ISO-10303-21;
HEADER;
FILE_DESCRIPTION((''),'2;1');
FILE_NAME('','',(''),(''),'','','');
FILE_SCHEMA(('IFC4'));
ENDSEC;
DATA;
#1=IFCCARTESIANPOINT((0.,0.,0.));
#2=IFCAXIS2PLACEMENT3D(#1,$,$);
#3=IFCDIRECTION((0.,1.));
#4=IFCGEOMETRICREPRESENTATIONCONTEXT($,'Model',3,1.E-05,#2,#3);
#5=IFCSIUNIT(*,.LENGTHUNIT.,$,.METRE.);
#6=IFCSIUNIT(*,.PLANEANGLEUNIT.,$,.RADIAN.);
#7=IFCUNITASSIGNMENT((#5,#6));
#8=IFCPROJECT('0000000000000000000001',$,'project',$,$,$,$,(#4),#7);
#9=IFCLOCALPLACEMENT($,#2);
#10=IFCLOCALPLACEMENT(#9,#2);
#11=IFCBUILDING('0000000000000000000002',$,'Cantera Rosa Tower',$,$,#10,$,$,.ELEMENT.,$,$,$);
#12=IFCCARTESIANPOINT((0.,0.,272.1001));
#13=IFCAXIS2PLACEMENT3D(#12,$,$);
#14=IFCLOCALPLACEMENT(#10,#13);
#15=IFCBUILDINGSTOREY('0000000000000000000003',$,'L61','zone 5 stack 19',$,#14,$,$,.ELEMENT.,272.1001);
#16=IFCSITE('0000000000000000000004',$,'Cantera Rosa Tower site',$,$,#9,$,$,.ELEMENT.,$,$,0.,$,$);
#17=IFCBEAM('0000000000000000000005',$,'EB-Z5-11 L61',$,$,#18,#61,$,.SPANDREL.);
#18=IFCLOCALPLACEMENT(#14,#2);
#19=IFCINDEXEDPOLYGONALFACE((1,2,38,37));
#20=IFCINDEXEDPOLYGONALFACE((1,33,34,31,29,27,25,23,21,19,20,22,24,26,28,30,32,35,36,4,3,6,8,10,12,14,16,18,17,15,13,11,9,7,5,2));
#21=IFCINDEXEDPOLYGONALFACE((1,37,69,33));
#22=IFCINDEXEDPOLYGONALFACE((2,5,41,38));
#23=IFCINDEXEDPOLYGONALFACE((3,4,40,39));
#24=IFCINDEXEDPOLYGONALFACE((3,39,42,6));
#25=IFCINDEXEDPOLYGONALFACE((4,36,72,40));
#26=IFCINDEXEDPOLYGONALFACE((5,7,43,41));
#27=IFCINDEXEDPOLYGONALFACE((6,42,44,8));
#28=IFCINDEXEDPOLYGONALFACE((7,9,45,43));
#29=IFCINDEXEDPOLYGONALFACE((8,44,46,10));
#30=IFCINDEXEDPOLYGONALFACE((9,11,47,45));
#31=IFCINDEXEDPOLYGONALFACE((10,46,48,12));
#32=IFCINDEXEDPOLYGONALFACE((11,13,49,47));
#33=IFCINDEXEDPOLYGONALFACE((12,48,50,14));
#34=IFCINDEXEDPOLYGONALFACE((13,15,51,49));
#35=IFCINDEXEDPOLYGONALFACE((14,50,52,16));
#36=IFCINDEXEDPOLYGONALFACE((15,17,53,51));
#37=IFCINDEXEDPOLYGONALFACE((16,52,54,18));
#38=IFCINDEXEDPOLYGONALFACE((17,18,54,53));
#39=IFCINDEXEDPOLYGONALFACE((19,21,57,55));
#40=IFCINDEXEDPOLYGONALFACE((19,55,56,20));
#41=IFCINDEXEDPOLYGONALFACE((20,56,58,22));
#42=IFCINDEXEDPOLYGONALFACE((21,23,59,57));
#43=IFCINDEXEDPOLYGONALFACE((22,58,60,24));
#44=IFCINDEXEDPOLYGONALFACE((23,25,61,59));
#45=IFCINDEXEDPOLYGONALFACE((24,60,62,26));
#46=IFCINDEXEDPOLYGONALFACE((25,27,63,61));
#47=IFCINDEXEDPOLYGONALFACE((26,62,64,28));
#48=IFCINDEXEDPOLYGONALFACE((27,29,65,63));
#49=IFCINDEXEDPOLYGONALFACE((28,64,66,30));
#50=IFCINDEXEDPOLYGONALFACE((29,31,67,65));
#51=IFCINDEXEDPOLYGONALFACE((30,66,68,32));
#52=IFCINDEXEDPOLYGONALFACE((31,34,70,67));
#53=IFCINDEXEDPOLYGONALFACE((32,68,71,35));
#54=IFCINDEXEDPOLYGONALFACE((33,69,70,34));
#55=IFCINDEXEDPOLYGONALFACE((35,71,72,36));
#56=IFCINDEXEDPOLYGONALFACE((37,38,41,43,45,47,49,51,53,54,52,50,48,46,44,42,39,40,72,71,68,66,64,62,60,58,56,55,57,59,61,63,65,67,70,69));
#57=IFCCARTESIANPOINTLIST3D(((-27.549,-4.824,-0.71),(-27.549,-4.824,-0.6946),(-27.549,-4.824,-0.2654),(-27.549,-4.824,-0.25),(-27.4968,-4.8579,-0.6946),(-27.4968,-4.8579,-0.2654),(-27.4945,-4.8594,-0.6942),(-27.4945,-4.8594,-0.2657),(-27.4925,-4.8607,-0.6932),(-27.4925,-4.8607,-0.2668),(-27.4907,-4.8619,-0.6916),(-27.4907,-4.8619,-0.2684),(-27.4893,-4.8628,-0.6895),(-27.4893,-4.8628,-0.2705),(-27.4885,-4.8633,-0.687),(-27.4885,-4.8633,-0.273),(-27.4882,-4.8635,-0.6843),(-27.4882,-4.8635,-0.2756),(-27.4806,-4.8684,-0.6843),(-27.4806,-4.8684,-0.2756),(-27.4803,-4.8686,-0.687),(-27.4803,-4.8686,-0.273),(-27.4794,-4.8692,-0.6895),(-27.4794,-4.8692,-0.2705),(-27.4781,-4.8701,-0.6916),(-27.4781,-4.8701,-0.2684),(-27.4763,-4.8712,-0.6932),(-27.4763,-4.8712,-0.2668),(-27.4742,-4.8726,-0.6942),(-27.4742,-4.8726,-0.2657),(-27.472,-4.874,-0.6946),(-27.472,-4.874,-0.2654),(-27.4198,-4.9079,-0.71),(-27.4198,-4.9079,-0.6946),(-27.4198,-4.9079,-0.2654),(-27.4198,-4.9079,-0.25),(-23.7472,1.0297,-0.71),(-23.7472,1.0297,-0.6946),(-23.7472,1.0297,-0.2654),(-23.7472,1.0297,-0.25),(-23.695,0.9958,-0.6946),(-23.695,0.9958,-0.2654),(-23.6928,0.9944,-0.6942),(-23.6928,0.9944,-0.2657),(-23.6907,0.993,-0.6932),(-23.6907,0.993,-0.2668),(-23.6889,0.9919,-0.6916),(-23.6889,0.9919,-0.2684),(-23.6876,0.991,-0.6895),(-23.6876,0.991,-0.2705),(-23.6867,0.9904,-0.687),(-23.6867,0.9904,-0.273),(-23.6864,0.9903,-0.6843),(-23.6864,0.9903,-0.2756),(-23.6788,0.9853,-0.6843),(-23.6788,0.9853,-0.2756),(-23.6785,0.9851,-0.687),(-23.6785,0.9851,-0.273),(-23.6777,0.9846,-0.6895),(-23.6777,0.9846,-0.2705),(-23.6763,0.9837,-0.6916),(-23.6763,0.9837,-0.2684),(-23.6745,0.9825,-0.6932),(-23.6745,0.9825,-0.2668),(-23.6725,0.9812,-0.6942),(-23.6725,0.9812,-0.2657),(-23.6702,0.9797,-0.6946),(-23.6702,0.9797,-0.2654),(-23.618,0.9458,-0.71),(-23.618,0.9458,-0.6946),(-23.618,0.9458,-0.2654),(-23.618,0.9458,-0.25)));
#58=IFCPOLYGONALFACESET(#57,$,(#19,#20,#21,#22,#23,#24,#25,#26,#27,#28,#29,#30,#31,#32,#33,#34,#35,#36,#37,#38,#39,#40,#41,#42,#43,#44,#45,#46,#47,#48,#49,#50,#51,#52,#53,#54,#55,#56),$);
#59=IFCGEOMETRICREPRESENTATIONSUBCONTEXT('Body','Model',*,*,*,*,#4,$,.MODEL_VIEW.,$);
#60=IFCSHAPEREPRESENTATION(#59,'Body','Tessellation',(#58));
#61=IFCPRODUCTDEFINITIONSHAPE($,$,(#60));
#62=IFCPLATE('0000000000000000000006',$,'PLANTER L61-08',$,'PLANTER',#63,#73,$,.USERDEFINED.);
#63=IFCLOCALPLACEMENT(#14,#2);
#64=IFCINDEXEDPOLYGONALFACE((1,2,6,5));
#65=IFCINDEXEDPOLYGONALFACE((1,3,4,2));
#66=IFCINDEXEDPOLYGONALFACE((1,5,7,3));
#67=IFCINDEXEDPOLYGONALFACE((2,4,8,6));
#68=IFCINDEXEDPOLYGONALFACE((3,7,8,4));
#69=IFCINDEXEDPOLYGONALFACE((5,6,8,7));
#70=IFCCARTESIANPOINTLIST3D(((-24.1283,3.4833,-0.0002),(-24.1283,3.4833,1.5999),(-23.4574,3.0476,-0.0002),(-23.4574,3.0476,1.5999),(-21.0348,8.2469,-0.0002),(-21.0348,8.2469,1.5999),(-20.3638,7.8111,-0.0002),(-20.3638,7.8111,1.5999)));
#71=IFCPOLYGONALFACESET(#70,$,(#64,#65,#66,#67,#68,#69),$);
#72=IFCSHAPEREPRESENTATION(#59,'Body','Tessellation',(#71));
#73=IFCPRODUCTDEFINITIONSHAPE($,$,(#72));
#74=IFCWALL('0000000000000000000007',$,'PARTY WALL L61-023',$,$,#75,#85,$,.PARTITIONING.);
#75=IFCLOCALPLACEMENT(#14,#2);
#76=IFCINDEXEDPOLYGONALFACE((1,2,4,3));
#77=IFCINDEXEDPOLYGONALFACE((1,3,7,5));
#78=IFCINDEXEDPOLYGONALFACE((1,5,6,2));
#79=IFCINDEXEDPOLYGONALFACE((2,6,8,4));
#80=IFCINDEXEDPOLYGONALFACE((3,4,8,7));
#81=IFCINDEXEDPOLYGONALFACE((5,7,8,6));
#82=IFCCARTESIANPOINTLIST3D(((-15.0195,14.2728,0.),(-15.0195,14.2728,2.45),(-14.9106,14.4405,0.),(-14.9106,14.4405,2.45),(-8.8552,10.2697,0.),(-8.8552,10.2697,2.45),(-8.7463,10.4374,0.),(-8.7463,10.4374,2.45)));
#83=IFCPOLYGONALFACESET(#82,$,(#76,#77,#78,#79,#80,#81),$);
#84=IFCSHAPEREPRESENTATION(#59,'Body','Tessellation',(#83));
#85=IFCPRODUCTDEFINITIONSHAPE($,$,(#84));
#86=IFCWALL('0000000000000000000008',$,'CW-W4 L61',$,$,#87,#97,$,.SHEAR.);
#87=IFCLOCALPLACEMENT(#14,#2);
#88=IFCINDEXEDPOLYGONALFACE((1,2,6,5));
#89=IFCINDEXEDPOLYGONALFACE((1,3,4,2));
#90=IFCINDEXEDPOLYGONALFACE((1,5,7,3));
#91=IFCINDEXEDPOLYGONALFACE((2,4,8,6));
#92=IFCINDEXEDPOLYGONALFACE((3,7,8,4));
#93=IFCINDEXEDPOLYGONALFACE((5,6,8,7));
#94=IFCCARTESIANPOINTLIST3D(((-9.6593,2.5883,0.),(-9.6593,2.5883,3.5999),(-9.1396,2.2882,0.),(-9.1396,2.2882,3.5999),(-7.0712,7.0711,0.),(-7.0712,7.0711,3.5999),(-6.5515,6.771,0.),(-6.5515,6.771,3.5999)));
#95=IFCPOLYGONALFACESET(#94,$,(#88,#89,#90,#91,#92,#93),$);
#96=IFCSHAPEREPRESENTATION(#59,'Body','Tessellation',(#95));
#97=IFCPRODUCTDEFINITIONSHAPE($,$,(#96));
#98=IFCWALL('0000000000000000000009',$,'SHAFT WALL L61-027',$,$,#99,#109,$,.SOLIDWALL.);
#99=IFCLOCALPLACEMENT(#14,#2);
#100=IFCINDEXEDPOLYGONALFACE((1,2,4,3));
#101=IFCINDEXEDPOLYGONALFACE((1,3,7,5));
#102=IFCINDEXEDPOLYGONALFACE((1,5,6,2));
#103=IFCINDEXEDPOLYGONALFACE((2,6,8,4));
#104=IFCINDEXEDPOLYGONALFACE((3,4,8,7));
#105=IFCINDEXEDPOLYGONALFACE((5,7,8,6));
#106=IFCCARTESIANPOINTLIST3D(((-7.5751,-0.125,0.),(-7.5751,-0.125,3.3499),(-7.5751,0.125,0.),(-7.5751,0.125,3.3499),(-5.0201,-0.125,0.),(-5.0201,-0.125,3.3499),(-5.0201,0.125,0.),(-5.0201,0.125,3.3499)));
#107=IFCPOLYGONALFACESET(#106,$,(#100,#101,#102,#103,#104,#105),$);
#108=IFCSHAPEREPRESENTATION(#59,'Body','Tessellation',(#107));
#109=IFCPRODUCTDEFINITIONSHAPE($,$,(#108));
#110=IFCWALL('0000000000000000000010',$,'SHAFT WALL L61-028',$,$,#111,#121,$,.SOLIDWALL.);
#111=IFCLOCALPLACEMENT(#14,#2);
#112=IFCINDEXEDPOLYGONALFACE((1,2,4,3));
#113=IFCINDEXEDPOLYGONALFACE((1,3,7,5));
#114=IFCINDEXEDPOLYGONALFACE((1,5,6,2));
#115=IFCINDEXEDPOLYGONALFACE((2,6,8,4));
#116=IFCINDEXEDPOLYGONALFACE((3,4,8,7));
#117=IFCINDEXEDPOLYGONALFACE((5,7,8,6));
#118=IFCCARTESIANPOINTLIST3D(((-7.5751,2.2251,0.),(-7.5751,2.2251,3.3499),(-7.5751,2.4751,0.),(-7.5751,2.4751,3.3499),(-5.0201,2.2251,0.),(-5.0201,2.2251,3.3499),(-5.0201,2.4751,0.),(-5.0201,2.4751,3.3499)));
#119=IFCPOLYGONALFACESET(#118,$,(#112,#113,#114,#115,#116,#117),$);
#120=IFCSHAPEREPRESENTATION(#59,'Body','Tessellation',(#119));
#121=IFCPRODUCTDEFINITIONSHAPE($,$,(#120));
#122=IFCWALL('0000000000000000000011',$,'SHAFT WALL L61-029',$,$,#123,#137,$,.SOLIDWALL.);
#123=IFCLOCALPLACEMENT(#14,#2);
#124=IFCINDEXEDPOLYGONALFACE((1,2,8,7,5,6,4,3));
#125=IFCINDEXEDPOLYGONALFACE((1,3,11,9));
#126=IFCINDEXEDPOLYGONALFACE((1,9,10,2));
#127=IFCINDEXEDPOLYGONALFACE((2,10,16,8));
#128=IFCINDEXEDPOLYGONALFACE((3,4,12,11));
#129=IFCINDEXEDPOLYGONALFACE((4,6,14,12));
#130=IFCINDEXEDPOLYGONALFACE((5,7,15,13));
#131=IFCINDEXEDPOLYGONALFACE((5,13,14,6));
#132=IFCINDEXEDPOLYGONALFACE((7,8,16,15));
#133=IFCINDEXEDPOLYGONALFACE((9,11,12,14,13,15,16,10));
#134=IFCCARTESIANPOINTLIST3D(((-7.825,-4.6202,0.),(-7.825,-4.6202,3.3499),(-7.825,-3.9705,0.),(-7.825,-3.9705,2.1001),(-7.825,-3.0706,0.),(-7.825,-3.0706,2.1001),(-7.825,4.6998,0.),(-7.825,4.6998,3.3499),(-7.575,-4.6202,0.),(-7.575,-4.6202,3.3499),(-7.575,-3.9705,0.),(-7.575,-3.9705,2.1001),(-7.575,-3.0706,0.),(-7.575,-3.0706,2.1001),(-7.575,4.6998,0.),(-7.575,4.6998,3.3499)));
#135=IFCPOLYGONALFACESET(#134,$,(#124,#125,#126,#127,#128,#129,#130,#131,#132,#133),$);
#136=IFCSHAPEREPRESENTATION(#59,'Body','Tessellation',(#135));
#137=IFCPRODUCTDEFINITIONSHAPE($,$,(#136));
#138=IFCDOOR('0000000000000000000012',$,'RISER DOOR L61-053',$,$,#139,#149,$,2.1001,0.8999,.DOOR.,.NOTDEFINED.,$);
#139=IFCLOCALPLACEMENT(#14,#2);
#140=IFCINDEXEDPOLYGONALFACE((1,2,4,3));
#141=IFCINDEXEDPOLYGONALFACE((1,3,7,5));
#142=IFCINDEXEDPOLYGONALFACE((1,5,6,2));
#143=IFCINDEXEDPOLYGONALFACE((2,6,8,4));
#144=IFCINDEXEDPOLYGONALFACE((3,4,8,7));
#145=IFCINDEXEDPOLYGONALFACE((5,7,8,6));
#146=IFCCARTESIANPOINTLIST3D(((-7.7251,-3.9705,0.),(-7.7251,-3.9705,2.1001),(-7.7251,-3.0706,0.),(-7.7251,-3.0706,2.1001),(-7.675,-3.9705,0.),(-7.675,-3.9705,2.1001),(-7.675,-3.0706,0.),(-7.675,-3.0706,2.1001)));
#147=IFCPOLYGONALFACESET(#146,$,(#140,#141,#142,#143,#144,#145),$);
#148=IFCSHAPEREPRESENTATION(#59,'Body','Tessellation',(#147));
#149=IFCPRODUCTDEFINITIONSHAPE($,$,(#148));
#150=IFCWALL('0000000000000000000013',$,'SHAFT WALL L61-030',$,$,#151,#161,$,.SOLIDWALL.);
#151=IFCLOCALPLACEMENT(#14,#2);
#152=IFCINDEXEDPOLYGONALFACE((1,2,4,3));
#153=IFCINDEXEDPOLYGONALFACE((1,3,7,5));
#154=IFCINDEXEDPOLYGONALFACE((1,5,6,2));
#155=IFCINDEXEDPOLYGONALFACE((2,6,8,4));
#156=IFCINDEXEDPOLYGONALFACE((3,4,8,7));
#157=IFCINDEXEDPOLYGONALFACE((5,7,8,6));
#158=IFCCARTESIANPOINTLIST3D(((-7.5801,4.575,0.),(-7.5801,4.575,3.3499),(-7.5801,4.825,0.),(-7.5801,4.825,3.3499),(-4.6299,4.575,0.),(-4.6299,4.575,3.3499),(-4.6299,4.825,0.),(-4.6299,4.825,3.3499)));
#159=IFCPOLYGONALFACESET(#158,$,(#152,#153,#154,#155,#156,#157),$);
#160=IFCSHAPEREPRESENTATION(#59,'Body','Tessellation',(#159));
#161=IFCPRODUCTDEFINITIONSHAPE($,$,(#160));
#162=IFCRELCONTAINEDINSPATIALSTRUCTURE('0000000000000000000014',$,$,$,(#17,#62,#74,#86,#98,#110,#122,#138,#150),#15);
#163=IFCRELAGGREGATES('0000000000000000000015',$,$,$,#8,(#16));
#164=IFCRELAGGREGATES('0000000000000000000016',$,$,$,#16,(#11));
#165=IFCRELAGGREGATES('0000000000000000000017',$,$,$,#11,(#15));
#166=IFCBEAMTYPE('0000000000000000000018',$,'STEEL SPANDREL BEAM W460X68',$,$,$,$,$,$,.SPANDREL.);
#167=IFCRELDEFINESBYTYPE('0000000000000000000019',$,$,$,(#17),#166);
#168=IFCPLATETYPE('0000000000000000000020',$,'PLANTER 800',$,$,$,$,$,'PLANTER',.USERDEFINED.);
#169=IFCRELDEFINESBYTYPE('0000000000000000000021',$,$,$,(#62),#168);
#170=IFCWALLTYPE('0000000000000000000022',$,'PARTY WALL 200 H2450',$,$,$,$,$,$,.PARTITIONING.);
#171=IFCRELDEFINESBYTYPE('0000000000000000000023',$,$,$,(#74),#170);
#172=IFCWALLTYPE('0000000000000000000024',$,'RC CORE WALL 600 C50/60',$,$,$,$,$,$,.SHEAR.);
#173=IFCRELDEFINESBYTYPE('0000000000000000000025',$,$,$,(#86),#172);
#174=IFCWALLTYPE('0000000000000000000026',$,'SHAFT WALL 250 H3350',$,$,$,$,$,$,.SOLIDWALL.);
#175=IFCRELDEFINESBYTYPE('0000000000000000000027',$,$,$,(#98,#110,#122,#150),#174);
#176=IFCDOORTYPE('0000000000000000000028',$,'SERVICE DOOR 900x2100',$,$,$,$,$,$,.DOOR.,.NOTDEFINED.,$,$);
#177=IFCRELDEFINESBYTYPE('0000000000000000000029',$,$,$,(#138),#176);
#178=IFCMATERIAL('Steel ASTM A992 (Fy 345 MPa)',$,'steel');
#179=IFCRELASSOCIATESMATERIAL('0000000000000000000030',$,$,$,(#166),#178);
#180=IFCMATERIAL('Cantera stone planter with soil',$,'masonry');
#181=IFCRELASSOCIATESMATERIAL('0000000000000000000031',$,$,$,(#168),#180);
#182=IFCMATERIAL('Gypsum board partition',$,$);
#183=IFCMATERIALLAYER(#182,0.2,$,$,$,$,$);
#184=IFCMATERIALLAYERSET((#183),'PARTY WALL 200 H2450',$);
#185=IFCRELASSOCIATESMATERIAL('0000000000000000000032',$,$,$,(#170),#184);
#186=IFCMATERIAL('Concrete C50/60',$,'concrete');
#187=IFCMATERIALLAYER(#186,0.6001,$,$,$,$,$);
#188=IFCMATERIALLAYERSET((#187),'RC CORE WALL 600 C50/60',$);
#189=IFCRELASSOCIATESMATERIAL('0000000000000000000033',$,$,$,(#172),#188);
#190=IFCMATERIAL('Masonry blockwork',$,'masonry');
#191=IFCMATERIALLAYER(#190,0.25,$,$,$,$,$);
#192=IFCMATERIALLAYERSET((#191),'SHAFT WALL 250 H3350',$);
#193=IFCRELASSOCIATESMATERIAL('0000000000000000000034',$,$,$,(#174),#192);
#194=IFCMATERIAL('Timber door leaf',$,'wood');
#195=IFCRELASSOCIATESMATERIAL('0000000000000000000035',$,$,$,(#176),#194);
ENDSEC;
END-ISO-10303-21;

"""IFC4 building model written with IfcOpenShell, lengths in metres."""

from ifc_helpers import new_model, si_unit, direction, frame, frame_2d, origin, origin_2d, place, context, subcontext, project, spatial, rectangle, i_section, extrude, material, layer, layer_set, material_profile, profile_set, type_object, element, fill, save


model = new_model("IFC4")

# Units and contexts
model_context = context("Model", 3, precision=1e-05, world=origin(), true_north=direction((0.0, 1.0)))
body_context = subcontext(model_context, "Body", "Model", "MODEL_VIEW")
ifc_project = project(units=[si_unit("LENGTHUNIT", "METRE"), si_unit("PLANEANGLEUNIT", "RADIAN")], contexts=[model_context])

# Site, building, storey
site_placement = place(None, origin())
site = spatial("IfcSite", under=ifc_project, at=site_placement, Name="Cantera Rosa Tower site", CompositionType="ELEMENT", RefElevation=0.0)
building_placement = place(site_placement, origin())
building = spatial("IfcBuilding", under=site, at=building_placement, Name="Cantera Rosa Tower", CompositionType="ELEMENT")
storey_placement = place(building_placement, frame((0.0, 0.0, 272.1001)))
storey = spatial("IfcBuildingStorey", under=building, at=storey_placement, Name="L61", Description="zone 5 stack 19", CompositionType="ELEMENT", Elevation=272.1001)

# Beam
ifc_material_1 = material(Name="Steel ASTM A992 (Fy 345 MPa)", Category="steel")
ifc_material_profile_1 = material_profile(ifc_material_1, i_section(OverallWidth=0.1541, OverallDepth=0.46, WebThickness=0.009, FlangeThickness=0.0154, FilletRadius=0.0103, at=origin_2d()), Name="W460X68")
ifc_profile_set_1 = profile_set([ifc_material_profile_1], Name="Steel ASTM A992 (Fy 345 MPa)")
beam_type_1 = type_object("IfcBeamType", Name="STEEL SPANDREL BEAM W460X68", PredefinedType="SPANDREL", material=ifc_profile_set_1)
for number, where, z_axis, x_axis, name in (
    (1, (-23.6826, 0.9878, -0.48), (-0.544667, -0.838652, 0.0), (0.838652, -0.544667, 0.0), "EB-Z5-11 L61"),
):
    element("IfcBeam", number, at=place(storey_placement, frame(where, z_axis=z_axis, x_axis=x_axis)), inside=storey, type_object=beam_type_1, Name=name, PredefinedType="SPANDREL", context=body_context, shape_type="SweptSolid", body=[
        extrude(i_section(OverallWidth=0.1541, OverallDepth=0.46, WebThickness=0.009, FlangeThickness=0.0154, FilletRadius=0.0103, at=origin_2d()), origin(), (0.0, 0.0, 1.0), 6.98),
    ])

# Plate
ifc_material_2 = material(Name="Cantera stone planter with soil", Category="masonry")
plate_type = type_object("IfcPlateType", Name="PLANTER 800", ElementType="PLANTER", PredefinedType="USERDEFINED", material=ifc_material_2)
plate_placement = place(storey_placement, frame((-22.2461, 5.6472, -0.0002), z_axis=(0.0, 0.0, 1.0), x_axis=(-0.544639, -0.838671, 0.0)))
element("IfcPlate", 2, at=plate_placement, inside=storey, type_object=plate_type, Name="PLANTER L61-08", ObjectType="PLANTER", PredefinedType="USERDEFINED", context=body_context, shape_type="SweptSolid", body=[
    extrude(rectangle(XDim=5.6799, YDim=0.8, at=origin_2d()), origin(), (0.0, 0.0, 1.0), 1.6001),
])

# Walls
ifc_material_3 = material(Name="Gypsum board partition")
ifc_layer_1 = layer(ifc_material_3, 0.2)
ifc_layer_set_1 = layer_set([ifc_layer_1], Name="PARTY WALL 200 H2450")
wall_type_1 = type_object("IfcWallType", Name="PARTY WALL 200 H2450", PredefinedType="PARTITIONING", material=ifc_layer_set_1)
wall_1_placement = place(storey_placement, frame((-8.8008, 10.3535, 0.0), z_axis=(0.0, 0.0, 1.0), x_axis=(-0.838669, 0.544642, 0.0)))
element("IfcWall", 3, at=wall_1_placement, inside=storey, type_object=wall_type_1, Name="PARTY WALL L61-023", PredefinedType="PARTITIONING", context=body_context, shape_type="SweptSolid", body=[
    extrude(rectangle(XDim=7.3501, YDim=0.2, at=frame_2d((3.675, 0.0))), origin(), (0.0, 0.0, 1.0), 2.45),
])
ifc_material_4 = material(Name="Concrete C50/60", Category="concrete")
ifc_layer_2 = layer(ifc_material_4, 0.6001)
ifc_layer_set_2 = layer_set([ifc_layer_2], Name="RC CORE WALL 600 C50/60")
wall_type_2 = type_object("IfcWallType", Name="RC CORE WALL 600 C50/60", PredefinedType="SHEAR", material=ifc_layer_set_2)
wall_2_placement = place(storey_placement, frame((-9.3994, 2.4382, 0.0), z_axis=(0.0, 0.0, 1.0), x_axis=(0.499989, 0.866032, 0.0)))
element("IfcWall", 4, at=wall_2_placement, inside=storey, type_object=wall_type_2, Name="CW-W4 L61", PredefinedType="SHEAR", context=body_context, shape_type="SweptSolid", body=[
    extrude(rectangle(XDim=5.1763, YDim=0.6001, at=frame_2d((2.5881, 0.0))), origin(), (0.0, 0.0, 1.0), 3.5999),
])
ifc_material_5 = material(Name="Masonry blockwork", Category="masonry")
ifc_layer_3 = layer(ifc_material_5, 0.25)
ifc_layer_set_3 = layer_set([ifc_layer_3], Name="SHAFT WALL 250 H3350")
wall_type_3 = type_object("IfcWallType", Name="SHAFT WALL 250 H3350", PredefinedType="SOLIDWALL", material=ifc_layer_set_3)
for number, where, z_axis, x_axis, name in (
    (5, (-7.575, 0.0, 0.0), (0.0, 0.0, 1.0), (1.0, 0.0, 0.0), "SHAFT WALL L61-027"),
    (6, (-7.575, 2.3501, 0.0), (0.0, 0.0, 1.0), (1.0, 0.0, 0.0), "SHAFT WALL L61-028"),
):
    element("IfcWall", number, at=place(storey_placement, frame(where, z_axis=z_axis, x_axis=x_axis)), inside=storey, type_object=wall_type_3, Name=name, PredefinedType="SOLIDWALL", context=body_context, shape_type="SweptSolid", body=[
        extrude(rectangle(XDim=2.5549, YDim=0.25, at=frame_2d((1.2773, 0.0))), origin(), (0.0, 0.0, 1.0), 3.3499),
    ])

# Wall, opening, door
wall_3_placement = place(storey_placement, frame((-7.7, 4.7, 0.0), z_axis=(0.0, 0.0, 1.0), x_axis=(0.0, -1.0, 0.0)))
wall_3 = element("IfcWall", 7, at=wall_3_placement, inside=storey, type_object=wall_type_3, Name="SHAFT WALL L61-029", PredefinedType="SOLIDWALL", context=body_context, shape_type="SweptSolid", body=[
    extrude(rectangle(XDim=9.3201, YDim=0.25, at=frame_2d((4.6602, 0.0))), origin(), (0.0, 0.0, 1.0), 3.3499),
])
opening_1_placement = place(wall_3_placement, frame((7.7705, 0.0, 0.0)))
opening_1 = element("IfcOpeningElement", 8, at=opening_1_placement, cuts=wall_3, PredefinedType="OPENING", context=body_context, shape_type="SweptSolid", body=[
    extrude(rectangle(XDim=0.8999, YDim=2.1001, at=frame_2d((0.45, 1.05))), frame((0.0, 0.135, 0.0), z_axis=(0.0, -1.0, 0.0), x_axis=(1.0, 0.0, 0.0)), (0.0, 0.0, 1.0), 0.27),
])
ifc_material_6 = material(Name="Timber door leaf", Category="wood")
door_type_1 = type_object("IfcDoorType", Name="SERVICE DOOR 900x2100", OperationType="NOTDEFINED", PredefinedType="DOOR", material=ifc_material_6)
door_1_placement = place(opening_1_placement, origin())
door_1 = element("IfcDoor", 9, at=door_1_placement, inside=storey, type_object=door_type_1, Name="RISER DOOR L61-053", OperationType="NOTDEFINED", OverallHeight=2.1001, OverallWidth=0.8999, PredefinedType="DOOR", context=body_context, shape_type="SweptSolid", body=[
    extrude(rectangle(XDim=0.8999, YDim=2.1001, at=frame_2d((0.45, 1.05))), frame((0.0, 0.0249, 0.0), z_axis=(0.0, -1.0, 0.0), x_axis=(1.0, 0.0, 0.0)), (0.0, 0.0, 1.0), 0.05),
])
fill(opening_1, door_1)

# Wall
wall_4_placement = place(storey_placement, frame((-7.5801, 4.7, 0.0), z_axis=(0.0, 0.0, 1.0), x_axis=(1.0, 0.0, 0.0)))
element("IfcWall", 10, at=wall_4_placement, inside=storey, type_object=wall_type_3, Name="SHAFT WALL L61-030", PredefinedType="SOLIDWALL", context=body_context, shape_type="SweptSolid", body=[
    extrude(rectangle(XDim=2.9502, YDim=0.25, at=frame_2d((1.4751, 0.0))), origin(), (0.0, 0.0, 1.0), 3.3499),
])

save(model, "model.ifc")
